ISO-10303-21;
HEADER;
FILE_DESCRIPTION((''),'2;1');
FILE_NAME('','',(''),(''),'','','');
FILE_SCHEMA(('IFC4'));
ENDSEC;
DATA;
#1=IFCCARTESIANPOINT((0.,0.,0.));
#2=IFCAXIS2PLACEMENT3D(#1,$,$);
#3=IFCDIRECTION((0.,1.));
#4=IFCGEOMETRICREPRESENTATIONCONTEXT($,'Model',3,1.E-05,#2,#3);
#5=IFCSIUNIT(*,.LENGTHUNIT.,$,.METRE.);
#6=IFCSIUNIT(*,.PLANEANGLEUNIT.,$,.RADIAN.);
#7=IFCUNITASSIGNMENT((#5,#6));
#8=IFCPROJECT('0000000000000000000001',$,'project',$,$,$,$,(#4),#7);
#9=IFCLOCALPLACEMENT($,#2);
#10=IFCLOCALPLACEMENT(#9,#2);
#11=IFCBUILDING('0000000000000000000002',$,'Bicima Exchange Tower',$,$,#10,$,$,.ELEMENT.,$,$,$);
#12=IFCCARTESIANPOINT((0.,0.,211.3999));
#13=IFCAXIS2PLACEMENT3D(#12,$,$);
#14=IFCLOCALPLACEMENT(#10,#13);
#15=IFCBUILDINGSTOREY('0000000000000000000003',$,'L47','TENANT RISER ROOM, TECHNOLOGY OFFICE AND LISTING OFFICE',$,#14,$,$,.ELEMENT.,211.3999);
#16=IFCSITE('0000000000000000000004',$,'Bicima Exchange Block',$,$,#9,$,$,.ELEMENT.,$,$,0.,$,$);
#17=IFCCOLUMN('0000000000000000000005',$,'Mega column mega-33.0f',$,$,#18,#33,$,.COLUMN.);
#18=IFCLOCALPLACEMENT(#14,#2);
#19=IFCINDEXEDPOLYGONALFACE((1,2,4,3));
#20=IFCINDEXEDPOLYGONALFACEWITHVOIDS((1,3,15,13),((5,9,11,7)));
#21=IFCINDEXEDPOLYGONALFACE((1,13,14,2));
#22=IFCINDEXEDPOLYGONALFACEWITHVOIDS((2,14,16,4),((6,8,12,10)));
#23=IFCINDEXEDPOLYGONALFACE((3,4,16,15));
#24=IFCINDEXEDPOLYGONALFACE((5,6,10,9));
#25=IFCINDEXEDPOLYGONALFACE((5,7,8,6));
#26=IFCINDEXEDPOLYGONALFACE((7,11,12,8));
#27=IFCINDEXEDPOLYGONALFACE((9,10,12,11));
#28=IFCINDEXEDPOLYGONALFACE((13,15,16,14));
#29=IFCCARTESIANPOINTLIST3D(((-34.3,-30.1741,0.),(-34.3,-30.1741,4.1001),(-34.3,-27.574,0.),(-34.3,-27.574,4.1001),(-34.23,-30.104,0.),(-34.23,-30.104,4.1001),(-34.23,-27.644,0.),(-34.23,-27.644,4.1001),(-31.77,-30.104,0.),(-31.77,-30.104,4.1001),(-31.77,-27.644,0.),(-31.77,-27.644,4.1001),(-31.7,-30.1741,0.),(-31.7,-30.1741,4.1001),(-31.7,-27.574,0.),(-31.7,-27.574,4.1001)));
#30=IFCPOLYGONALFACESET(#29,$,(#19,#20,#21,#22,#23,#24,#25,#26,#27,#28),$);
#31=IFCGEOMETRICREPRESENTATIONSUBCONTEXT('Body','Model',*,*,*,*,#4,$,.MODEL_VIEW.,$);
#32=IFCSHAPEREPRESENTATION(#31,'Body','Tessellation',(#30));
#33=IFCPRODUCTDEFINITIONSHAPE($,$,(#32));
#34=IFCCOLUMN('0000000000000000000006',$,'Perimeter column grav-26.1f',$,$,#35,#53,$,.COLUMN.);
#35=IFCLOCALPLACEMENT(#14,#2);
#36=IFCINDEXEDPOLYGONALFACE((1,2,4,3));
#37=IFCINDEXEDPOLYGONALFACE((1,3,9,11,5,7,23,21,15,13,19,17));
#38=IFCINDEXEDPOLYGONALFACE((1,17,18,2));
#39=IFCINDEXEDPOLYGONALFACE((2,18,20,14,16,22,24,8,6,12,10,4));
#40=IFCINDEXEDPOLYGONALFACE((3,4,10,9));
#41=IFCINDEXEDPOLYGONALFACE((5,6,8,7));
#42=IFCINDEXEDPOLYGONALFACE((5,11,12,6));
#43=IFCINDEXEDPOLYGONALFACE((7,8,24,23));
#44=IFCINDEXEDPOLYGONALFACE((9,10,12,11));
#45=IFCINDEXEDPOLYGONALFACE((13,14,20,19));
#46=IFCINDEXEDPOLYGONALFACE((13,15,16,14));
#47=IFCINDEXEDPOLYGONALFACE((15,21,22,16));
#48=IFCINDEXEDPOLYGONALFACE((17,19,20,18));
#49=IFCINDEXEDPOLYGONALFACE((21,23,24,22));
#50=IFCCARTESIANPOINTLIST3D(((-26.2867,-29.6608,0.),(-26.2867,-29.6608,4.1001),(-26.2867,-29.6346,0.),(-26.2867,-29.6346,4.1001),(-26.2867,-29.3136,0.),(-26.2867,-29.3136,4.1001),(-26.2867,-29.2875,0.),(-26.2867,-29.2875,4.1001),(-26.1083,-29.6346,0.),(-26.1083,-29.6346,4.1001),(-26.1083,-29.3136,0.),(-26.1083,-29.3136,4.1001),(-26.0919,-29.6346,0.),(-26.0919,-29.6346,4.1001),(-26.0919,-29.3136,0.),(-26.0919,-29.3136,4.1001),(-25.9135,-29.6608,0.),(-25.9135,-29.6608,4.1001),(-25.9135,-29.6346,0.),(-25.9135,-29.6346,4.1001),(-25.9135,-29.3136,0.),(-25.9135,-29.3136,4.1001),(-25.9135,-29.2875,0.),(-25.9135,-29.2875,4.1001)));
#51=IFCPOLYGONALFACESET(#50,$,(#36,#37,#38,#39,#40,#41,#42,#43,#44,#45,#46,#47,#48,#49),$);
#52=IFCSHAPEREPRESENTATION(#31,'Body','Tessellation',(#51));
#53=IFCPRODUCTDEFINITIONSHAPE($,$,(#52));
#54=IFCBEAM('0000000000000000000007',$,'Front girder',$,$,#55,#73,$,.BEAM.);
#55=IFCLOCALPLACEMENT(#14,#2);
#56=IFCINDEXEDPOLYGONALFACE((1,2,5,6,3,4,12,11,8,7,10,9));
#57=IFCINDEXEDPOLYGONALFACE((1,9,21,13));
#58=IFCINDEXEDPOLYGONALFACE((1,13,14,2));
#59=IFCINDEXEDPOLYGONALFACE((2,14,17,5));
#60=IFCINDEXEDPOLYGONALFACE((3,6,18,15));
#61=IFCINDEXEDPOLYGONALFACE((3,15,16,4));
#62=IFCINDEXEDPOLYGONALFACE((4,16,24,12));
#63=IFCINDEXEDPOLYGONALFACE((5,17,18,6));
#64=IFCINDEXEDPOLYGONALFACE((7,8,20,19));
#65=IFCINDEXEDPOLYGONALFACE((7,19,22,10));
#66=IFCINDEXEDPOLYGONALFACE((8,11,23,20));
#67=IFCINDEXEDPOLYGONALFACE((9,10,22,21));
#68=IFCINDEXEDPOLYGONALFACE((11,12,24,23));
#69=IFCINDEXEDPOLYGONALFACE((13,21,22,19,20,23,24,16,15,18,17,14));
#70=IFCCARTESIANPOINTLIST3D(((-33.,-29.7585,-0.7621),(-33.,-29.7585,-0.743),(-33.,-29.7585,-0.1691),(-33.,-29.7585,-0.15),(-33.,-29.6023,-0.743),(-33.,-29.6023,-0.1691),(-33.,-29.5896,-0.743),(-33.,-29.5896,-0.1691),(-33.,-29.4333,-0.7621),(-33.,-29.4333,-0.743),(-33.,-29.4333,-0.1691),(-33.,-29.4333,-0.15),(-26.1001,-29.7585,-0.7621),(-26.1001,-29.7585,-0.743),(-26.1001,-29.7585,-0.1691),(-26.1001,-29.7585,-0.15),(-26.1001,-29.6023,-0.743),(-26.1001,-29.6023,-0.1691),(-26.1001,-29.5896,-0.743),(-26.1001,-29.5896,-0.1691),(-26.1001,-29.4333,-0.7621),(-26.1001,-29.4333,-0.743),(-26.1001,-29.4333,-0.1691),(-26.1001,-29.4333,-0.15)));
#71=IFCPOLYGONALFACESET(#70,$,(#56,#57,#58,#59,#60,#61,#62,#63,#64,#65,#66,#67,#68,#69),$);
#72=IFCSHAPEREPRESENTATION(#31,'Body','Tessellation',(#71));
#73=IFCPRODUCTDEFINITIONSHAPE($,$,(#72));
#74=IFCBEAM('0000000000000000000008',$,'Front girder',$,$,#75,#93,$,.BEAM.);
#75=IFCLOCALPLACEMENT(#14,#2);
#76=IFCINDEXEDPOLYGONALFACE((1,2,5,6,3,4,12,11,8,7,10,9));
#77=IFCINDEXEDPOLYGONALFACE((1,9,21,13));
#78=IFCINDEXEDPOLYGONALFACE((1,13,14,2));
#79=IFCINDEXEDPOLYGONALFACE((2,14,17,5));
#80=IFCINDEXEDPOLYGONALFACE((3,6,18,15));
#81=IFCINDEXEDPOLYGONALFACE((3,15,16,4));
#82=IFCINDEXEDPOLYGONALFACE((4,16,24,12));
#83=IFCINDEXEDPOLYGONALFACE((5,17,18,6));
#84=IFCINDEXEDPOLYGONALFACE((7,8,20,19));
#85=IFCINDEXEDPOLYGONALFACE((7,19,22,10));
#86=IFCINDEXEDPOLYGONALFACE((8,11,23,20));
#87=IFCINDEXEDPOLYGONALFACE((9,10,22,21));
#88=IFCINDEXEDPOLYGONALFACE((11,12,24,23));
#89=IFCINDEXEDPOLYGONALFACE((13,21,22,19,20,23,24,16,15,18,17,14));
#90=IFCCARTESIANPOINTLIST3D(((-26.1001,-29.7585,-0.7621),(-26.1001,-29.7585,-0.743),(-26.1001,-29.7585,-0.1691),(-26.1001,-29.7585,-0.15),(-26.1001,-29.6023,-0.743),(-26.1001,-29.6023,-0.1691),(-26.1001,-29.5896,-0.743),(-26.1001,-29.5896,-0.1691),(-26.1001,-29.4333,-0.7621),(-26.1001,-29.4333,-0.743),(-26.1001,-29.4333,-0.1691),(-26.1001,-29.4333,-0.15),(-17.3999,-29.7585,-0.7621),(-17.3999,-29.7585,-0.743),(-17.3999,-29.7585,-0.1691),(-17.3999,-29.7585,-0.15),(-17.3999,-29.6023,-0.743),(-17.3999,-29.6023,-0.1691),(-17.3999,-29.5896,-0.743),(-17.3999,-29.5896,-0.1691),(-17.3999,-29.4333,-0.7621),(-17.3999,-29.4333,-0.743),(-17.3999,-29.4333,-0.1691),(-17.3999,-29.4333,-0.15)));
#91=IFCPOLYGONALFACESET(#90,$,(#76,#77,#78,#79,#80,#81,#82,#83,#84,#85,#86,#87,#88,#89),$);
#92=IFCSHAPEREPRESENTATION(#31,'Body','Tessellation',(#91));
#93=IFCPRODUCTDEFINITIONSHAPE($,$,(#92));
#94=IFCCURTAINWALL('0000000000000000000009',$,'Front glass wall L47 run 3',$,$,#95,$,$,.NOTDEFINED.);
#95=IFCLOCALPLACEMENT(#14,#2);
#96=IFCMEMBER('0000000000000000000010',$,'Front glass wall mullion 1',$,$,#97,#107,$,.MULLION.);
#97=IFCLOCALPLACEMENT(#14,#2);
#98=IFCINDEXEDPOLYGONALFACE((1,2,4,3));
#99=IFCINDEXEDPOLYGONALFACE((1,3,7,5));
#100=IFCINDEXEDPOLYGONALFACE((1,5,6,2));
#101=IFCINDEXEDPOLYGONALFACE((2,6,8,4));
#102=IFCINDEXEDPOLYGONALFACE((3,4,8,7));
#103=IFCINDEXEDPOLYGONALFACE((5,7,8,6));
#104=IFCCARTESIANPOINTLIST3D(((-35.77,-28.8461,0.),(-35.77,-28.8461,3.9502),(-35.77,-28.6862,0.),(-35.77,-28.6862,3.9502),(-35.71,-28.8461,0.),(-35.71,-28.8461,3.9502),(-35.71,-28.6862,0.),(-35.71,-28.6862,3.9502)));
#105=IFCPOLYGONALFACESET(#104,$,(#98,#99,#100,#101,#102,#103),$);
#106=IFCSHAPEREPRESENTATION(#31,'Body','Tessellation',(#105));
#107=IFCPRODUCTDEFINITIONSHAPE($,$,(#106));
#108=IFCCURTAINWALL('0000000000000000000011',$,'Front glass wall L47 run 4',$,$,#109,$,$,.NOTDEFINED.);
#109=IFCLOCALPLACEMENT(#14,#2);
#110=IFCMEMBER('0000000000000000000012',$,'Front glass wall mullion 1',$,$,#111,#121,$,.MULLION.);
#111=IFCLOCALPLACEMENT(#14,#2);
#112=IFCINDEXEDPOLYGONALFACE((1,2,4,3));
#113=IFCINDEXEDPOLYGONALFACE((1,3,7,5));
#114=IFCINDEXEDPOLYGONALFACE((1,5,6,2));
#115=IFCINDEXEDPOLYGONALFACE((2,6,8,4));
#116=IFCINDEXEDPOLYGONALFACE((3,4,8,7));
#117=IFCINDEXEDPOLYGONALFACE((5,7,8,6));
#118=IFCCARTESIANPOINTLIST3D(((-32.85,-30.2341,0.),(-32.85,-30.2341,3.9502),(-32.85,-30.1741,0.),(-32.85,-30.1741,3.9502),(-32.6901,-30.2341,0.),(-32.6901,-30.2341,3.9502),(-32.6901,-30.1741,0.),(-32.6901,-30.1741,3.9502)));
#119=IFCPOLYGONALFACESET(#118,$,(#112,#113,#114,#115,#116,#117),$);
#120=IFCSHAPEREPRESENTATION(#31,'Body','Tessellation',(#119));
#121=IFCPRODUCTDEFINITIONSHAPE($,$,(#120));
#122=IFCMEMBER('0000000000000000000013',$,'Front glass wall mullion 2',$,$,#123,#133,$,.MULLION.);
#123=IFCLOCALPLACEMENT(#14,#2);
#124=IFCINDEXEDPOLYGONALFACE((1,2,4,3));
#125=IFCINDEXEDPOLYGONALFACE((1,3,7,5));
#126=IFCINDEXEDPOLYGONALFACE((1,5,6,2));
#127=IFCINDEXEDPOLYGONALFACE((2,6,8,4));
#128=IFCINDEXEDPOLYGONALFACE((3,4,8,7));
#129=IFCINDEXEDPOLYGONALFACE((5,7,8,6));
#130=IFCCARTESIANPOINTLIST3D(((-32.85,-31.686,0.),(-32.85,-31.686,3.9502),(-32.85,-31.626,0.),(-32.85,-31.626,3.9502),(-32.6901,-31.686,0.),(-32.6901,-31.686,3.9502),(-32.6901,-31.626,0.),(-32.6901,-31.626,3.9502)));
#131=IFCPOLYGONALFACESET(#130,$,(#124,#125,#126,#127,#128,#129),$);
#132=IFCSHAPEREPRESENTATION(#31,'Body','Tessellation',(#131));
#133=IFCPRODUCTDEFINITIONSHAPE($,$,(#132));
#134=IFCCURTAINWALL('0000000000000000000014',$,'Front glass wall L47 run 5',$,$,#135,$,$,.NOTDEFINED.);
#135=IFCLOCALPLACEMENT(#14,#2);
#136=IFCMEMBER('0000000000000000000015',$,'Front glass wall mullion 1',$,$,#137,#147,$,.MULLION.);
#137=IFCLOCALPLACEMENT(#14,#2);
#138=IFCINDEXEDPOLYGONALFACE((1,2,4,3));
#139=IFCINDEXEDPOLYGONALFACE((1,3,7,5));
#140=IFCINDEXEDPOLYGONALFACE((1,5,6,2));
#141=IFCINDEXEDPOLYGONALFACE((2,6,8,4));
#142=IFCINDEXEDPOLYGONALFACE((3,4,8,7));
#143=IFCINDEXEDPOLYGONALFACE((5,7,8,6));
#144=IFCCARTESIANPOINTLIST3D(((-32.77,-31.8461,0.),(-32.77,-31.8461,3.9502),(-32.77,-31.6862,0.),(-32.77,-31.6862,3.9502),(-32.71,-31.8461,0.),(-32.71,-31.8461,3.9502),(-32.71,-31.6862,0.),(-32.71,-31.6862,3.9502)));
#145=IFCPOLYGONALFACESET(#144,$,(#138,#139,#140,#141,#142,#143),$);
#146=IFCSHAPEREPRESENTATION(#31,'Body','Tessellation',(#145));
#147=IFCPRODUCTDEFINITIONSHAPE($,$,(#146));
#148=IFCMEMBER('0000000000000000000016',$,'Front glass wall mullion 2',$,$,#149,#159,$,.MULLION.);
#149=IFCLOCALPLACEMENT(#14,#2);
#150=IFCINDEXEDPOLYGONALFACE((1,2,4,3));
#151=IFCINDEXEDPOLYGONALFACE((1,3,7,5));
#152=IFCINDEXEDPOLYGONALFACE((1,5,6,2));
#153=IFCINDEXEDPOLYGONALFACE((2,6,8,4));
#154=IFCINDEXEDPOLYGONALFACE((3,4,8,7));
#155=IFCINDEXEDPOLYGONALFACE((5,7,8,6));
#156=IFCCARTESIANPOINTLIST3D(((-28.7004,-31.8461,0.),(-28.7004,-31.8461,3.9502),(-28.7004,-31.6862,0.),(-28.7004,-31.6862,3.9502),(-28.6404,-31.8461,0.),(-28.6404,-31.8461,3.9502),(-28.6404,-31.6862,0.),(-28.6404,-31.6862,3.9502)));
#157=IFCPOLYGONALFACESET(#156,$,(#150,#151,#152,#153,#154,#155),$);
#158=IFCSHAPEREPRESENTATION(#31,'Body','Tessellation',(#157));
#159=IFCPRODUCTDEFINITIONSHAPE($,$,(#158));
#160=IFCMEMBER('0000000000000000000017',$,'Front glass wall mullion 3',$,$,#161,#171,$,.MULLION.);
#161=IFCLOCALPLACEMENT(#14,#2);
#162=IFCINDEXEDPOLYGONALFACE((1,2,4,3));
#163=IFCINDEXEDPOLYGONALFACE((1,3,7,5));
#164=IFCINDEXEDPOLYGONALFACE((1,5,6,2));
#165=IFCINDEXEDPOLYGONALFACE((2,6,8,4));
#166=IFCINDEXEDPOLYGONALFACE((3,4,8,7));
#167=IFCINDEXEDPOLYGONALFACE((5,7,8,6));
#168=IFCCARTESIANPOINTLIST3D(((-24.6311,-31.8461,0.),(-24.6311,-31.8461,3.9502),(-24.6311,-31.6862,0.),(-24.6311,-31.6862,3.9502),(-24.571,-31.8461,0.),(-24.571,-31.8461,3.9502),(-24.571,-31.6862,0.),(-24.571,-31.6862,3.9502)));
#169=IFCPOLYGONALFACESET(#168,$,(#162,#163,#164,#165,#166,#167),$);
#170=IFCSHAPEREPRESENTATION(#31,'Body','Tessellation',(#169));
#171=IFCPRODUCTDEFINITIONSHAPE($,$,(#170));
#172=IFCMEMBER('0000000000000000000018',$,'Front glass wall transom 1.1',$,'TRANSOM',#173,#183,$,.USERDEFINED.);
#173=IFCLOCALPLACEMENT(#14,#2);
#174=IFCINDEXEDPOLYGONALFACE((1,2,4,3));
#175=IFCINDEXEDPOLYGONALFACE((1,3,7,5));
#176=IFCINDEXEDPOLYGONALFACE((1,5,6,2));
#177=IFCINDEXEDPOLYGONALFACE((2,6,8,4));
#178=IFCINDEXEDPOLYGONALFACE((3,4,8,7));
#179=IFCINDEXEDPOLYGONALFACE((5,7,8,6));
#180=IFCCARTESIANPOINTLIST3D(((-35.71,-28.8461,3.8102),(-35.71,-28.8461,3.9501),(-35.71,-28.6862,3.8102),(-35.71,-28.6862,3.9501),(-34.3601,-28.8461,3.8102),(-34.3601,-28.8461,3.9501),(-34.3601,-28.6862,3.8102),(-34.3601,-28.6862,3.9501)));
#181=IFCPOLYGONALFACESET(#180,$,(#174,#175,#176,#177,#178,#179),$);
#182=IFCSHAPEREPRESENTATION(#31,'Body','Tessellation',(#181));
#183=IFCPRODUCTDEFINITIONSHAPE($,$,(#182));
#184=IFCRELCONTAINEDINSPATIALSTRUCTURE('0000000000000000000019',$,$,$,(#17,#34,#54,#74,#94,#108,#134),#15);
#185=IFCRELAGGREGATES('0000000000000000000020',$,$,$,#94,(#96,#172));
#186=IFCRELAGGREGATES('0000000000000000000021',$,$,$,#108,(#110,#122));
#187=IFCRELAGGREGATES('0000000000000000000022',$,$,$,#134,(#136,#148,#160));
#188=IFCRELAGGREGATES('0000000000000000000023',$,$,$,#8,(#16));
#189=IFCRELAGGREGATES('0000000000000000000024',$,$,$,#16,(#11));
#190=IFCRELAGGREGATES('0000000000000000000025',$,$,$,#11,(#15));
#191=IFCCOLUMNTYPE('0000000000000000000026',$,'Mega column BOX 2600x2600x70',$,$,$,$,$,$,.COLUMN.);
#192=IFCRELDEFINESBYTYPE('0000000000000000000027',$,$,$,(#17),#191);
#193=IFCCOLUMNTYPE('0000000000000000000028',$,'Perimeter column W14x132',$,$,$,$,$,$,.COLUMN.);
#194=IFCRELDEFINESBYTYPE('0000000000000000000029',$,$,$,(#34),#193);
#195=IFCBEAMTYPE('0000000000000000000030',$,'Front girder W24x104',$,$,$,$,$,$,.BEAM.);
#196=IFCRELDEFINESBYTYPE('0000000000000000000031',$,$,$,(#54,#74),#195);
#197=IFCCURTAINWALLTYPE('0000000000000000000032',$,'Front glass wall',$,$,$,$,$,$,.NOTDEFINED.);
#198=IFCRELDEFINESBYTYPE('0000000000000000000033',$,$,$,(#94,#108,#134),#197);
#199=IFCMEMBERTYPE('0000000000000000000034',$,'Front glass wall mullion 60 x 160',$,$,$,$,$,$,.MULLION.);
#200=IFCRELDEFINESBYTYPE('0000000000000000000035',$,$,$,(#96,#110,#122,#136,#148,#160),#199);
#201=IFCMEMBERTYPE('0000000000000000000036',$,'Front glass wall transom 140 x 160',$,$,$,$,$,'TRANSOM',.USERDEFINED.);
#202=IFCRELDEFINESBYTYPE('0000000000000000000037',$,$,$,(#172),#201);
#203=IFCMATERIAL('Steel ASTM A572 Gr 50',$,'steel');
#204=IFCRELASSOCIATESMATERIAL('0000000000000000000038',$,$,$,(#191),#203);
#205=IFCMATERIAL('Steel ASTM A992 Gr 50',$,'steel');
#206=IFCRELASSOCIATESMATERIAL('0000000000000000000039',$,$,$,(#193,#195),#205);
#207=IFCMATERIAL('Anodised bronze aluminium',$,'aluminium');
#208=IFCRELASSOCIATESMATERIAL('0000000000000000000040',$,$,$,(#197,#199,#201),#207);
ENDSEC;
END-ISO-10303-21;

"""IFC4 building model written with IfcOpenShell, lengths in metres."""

from ifc_helpers import new_model, si_unit, direction, frame, origin, origin_2d, place, context, subcontext, project, spatial, rectangle, hollow_rectangle, i_section, extrude, material, material_profile, profile_set, type_object, element, aggregate, save


model = new_model("IFC4")

# Units and contexts
model_context = context("Model", 3, precision=1e-05, world=origin(), true_north=direction((0.0, 1.0)))
body_context = subcontext(model_context, "Body", "Model", "MODEL_VIEW")
ifc_project = project(units=[si_unit("LENGTHUNIT", "METRE"), si_unit("PLANEANGLEUNIT", "RADIAN")], contexts=[model_context])

# Site, building, storey
site_placement = place(None, origin())
site = spatial("IfcSite", under=ifc_project, at=site_placement, Name="Bicima Exchange Block", CompositionType="ELEMENT", RefElevation=0.0)
building_placement = place(site_placement, origin())
building = spatial("IfcBuilding", under=site, at=building_placement, Name="Bicima Exchange Tower", CompositionType="ELEMENT")
storey_placement = place(building_placement, frame((0.0, 0.0, 211.3999)))
storey = spatial("IfcBuildingStorey", under=building, at=storey_placement, Name="L47", Description="TENANT RISER ROOM, TECHNOLOGY OFFICE AND LISTING OFFICE", CompositionType="ELEMENT", Elevation=211.3999)

# Columns
ifc_material_1 = material(Name="Steel ASTM A572 Gr 50", Category="steel")
ifc_material_profile_1 = material_profile(ifc_material_1, hollow_rectangle(XDim=2.6001, YDim=2.6001, WallThickness=0.0701, at=origin_2d()))
ifc_profile_set_1 = profile_set([ifc_material_profile_1], Name="Steel ASTM A572 Gr 50")
column_type_1 = type_object("IfcColumnType", Name="Mega column BOX 2600x2600x70", PredefinedType="COLUMN", material=ifc_profile_set_1)
column_1_placement = place(storey_placement, frame((-33.0, -28.874, 0.0), z_axis=(0.0, 0.0, 1.0), x_axis=(1.0, 0.0, 0.0)))
element("IfcColumn", 1, at=column_1_placement, inside=storey, type_object=column_type_1, Name="Mega column mega-33.0f", PredefinedType="COLUMN", context=body_context, shape_type="SweptSolid", body=[
    extrude(hollow_rectangle(XDim=2.6001, YDim=2.6001, WallThickness=0.0701, at=origin_2d()), origin(), (0.0, 0.0, 1.0), 4.1001),
])
ifc_material_2 = material(Name="Steel ASTM A992 Gr 50", Category="steel")
ifc_material_profile_2 = material_profile(ifc_material_2, i_section(OverallWidth=0.3733, OverallDepth=0.3733, WebThickness=0.0164, FlangeThickness=0.0261, at=origin_2d()))
ifc_profile_set_2 = profile_set([ifc_material_profile_2], Name="Steel ASTM A992 Gr 50")
column_type_2 = type_object("IfcColumnType", Name="Perimeter column W14x132", PredefinedType="COLUMN", material=ifc_profile_set_2)
column_2_placement = place(storey_placement, frame((-26.1001, -29.4741, 0.0), z_axis=(0.0, 0.0, 1.0), x_axis=(1.0, 0.0, 0.0)))
element("IfcColumn", 2, at=column_2_placement, inside=storey, type_object=column_type_2, Name="Perimeter column grav-26.1f", PredefinedType="COLUMN", context=body_context, shape_type="SweptSolid", body=[
    extrude(i_section(OverallWidth=0.3733, OverallDepth=0.3733, WebThickness=0.0164, FlangeThickness=0.0261, at=origin_2d()), origin(), (0.0, 0.0, 1.0), 4.1001),
])

# Beams
ifc_material_profile_3 = material_profile(ifc_material_2, i_section(OverallWidth=0.3252, OverallDepth=0.6121, WebThickness=0.0127, FlangeThickness=0.019, at=origin_2d()))
ifc_profile_set_3 = profile_set([ifc_material_profile_3], Name="Steel ASTM A992 Gr 50")
beam_type = type_object("IfcBeamType", Name="Front girder W24x104", PredefinedType="BEAM", material=ifc_profile_set_3)
beam_1_placement = place(storey_placement, frame((-33.0, -29.5959, -0.4561), z_axis=(1.0, 0.0, 0.0), x_axis=(0.0, 1.0, 0.0)))
element("IfcBeam", 3, at=beam_1_placement, inside=storey, type_object=beam_type, Name="Front girder", PredefinedType="BEAM", context=body_context, shape_type="SweptSolid", body=[
    extrude(i_section(OverallWidth=0.3252, OverallDepth=0.6121, WebThickness=0.0127, FlangeThickness=0.019, at=origin_2d()), origin(), (0.0, 0.0, 1.0), 6.8999),
])
beam_2_placement = place(storey_placement, frame((-26.1001, -29.5959, -0.4561), z_axis=(1.0, 0.0, 0.0), x_axis=(0.0, 1.0, 0.0)))
element("IfcBeam", 4, at=beam_2_placement, inside=storey, type_object=beam_type, Name="Front girder", PredefinedType="BEAM", context=body_context, shape_type="SweptSolid", body=[
    extrude(i_section(OverallWidth=0.3252, OverallDepth=0.6121, WebThickness=0.0127, FlangeThickness=0.019, at=origin_2d()), origin(), (0.0, 0.0, 1.0), 8.7002),
])

# Curtain wall, member
ifc_material_3 = material(Name="Anodised bronze aluminium", Category="aluminium")
curtain_wall_type = type_object("IfcCurtainWallType", Name="Front glass wall", PredefinedType="NOTDEFINED", material=ifc_material_3)
curtain_wall_1_placement = place(storey_placement, origin())
curtain_wall_1 = element("IfcCurtainWall", 5, at=curtain_wall_1_placement, inside=storey, type_object=curtain_wall_type, Name="Front glass wall L47 run 3", PredefinedType="NOTDEFINED")
ifc_material_profile_4 = material_profile(ifc_material_3, rectangle(XDim=0.1599, YDim=0.0601, at=origin_2d()))
ifc_profile_set_4 = profile_set([ifc_material_profile_4], Name="Anodised bronze aluminium")
member_type_1 = type_object("IfcMemberType", Name="Front glass wall mullion 60 x 160", PredefinedType="MULLION", material=ifc_profile_set_4)
member_1_placement = place(storey_placement, frame((-35.74, -28.7661, 0.0), z_axis=(0.0, 0.0, 1.0), x_axis=(0.0, 1.0, 0.0)))
member_1 = element("IfcMember", 6, at=member_1_placement, type_object=member_type_1, Name="Front glass wall mullion 1", PredefinedType="MULLION", context=body_context, shape_type="SweptSolid", body=[
    extrude(rectangle(XDim=0.1599, YDim=0.0601, at=origin_2d()), origin(), (0.0, 0.0, 1.0), 3.9502),
])

# Curtain walls, members
curtain_wall_2_placement = place(storey_placement, origin())
curtain_wall_2 = element("IfcCurtainWall", 7, at=curtain_wall_2_placement, inside=storey, type_object=curtain_wall_type, Name="Front glass wall L47 run 4", PredefinedType="NOTDEFINED")
member_2_placement = place(storey_placement, frame((-32.77, -30.2041, 0.0), z_axis=(0.0, 0.0, 1.0), x_axis=(1.0, 0.0, 0.0)))
member_2 = element("IfcMember", 8, at=member_2_placement, type_object=member_type_1, Name="Front glass wall mullion 1", PredefinedType="MULLION", context=body_context, shape_type="SweptSolid", body=[
    extrude(rectangle(XDim=0.1599, YDim=0.0601, at=origin_2d()), origin(), (0.0, 0.0, 1.0), 3.9502),
])
member_3_placement = place(storey_placement, frame((-32.77, -31.656, 0.0), z_axis=(0.0, 0.0, 1.0), x_axis=(1.0, 0.0, 0.0)))
member_3 = element("IfcMember", 9, at=member_3_placement, type_object=member_type_1, Name="Front glass wall mullion 2", PredefinedType="MULLION", context=body_context, shape_type="SweptSolid", body=[
    extrude(rectangle(XDim=0.1599, YDim=0.0601, at=origin_2d()), origin(), (0.0, 0.0, 1.0), 3.9502),
])
curtain_wall_3_placement = place(storey_placement, origin())
curtain_wall_3 = element("IfcCurtainWall", 10, at=curtain_wall_3_placement, inside=storey, type_object=curtain_wall_type, Name="Front glass wall L47 run 5", PredefinedType="NOTDEFINED")
member_4_placement = place(storey_placement, frame((-32.74, -31.7661, 0.0), z_axis=(0.0, 0.0, 1.0), x_axis=(0.0, 1.0, 0.0)))
member_4 = element("IfcMember", 11, at=member_4_placement, type_object=member_type_1, Name="Front glass wall mullion 1", PredefinedType="MULLION", context=body_context, shape_type="SweptSolid", body=[
    extrude(rectangle(XDim=0.1599, YDim=0.0601, at=origin_2d()), origin(), (0.0, 0.0, 1.0), 3.9502),
])
member_5_placement = place(storey_placement, frame((-28.6704, -31.7661, 0.0), z_axis=(0.0, 0.0, 1.0), x_axis=(0.0, 1.0, 0.0)))
member_5 = element("IfcMember", 12, at=member_5_placement, type_object=member_type_1, Name="Front glass wall mullion 2", PredefinedType="MULLION", context=body_context, shape_type="SweptSolid", body=[
    extrude(rectangle(XDim=0.1599, YDim=0.0601, at=origin_2d()), origin(), (0.0, 0.0, 1.0), 3.9502),
])
member_6_placement = place(storey_placement, frame((-24.6011, -31.7661, 0.0), z_axis=(0.0, 0.0, 1.0), x_axis=(0.0, 1.0, 0.0)))
member_6 = element("IfcMember", 13, at=member_6_placement, type_object=member_type_1, Name="Front glass wall mullion 3", PredefinedType="MULLION", context=body_context, shape_type="SweptSolid", body=[
    extrude(rectangle(XDim=0.1599, YDim=0.0601, at=origin_2d()), origin(), (0.0, 0.0, 1.0), 3.9502),
])

# Member
ifc_material_profile_5 = material_profile(ifc_material_3, rectangle(XDim=0.1599, YDim=0.1399, at=origin_2d()))
ifc_profile_set_5 = profile_set([ifc_material_profile_5], Name="Anodised bronze aluminium")
member_type_2 = type_object("IfcMemberType", Name="Front glass wall transom 140 x 160", ElementType="TRANSOM", PredefinedType="USERDEFINED", material=ifc_profile_set_5)
member_7_placement = place(storey_placement, frame((-35.71, -28.7661, 3.8801), z_axis=(1.0, 0.0, 0.0), x_axis=(0.0, 1.0, 0.0)))
member_7 = element("IfcMember", 14, at=member_7_placement, type_object=member_type_2, Name="Front glass wall transom 1.1", ObjectType="TRANSOM", PredefinedType="USERDEFINED", context=body_context, shape_type="SweptSolid", body=[
    extrude(rectangle(XDim=0.1599, YDim=0.1399, at=origin_2d()), origin(), (0.0, 0.0, 1.0), 1.3499),
])
aggregate(curtain_wall_1, [member_1, member_7])

aggregate(curtain_wall_2, [member_2, member_3])
aggregate(curtain_wall_3, [member_4, member_5, member_6])

save(model, "model.ifc")
